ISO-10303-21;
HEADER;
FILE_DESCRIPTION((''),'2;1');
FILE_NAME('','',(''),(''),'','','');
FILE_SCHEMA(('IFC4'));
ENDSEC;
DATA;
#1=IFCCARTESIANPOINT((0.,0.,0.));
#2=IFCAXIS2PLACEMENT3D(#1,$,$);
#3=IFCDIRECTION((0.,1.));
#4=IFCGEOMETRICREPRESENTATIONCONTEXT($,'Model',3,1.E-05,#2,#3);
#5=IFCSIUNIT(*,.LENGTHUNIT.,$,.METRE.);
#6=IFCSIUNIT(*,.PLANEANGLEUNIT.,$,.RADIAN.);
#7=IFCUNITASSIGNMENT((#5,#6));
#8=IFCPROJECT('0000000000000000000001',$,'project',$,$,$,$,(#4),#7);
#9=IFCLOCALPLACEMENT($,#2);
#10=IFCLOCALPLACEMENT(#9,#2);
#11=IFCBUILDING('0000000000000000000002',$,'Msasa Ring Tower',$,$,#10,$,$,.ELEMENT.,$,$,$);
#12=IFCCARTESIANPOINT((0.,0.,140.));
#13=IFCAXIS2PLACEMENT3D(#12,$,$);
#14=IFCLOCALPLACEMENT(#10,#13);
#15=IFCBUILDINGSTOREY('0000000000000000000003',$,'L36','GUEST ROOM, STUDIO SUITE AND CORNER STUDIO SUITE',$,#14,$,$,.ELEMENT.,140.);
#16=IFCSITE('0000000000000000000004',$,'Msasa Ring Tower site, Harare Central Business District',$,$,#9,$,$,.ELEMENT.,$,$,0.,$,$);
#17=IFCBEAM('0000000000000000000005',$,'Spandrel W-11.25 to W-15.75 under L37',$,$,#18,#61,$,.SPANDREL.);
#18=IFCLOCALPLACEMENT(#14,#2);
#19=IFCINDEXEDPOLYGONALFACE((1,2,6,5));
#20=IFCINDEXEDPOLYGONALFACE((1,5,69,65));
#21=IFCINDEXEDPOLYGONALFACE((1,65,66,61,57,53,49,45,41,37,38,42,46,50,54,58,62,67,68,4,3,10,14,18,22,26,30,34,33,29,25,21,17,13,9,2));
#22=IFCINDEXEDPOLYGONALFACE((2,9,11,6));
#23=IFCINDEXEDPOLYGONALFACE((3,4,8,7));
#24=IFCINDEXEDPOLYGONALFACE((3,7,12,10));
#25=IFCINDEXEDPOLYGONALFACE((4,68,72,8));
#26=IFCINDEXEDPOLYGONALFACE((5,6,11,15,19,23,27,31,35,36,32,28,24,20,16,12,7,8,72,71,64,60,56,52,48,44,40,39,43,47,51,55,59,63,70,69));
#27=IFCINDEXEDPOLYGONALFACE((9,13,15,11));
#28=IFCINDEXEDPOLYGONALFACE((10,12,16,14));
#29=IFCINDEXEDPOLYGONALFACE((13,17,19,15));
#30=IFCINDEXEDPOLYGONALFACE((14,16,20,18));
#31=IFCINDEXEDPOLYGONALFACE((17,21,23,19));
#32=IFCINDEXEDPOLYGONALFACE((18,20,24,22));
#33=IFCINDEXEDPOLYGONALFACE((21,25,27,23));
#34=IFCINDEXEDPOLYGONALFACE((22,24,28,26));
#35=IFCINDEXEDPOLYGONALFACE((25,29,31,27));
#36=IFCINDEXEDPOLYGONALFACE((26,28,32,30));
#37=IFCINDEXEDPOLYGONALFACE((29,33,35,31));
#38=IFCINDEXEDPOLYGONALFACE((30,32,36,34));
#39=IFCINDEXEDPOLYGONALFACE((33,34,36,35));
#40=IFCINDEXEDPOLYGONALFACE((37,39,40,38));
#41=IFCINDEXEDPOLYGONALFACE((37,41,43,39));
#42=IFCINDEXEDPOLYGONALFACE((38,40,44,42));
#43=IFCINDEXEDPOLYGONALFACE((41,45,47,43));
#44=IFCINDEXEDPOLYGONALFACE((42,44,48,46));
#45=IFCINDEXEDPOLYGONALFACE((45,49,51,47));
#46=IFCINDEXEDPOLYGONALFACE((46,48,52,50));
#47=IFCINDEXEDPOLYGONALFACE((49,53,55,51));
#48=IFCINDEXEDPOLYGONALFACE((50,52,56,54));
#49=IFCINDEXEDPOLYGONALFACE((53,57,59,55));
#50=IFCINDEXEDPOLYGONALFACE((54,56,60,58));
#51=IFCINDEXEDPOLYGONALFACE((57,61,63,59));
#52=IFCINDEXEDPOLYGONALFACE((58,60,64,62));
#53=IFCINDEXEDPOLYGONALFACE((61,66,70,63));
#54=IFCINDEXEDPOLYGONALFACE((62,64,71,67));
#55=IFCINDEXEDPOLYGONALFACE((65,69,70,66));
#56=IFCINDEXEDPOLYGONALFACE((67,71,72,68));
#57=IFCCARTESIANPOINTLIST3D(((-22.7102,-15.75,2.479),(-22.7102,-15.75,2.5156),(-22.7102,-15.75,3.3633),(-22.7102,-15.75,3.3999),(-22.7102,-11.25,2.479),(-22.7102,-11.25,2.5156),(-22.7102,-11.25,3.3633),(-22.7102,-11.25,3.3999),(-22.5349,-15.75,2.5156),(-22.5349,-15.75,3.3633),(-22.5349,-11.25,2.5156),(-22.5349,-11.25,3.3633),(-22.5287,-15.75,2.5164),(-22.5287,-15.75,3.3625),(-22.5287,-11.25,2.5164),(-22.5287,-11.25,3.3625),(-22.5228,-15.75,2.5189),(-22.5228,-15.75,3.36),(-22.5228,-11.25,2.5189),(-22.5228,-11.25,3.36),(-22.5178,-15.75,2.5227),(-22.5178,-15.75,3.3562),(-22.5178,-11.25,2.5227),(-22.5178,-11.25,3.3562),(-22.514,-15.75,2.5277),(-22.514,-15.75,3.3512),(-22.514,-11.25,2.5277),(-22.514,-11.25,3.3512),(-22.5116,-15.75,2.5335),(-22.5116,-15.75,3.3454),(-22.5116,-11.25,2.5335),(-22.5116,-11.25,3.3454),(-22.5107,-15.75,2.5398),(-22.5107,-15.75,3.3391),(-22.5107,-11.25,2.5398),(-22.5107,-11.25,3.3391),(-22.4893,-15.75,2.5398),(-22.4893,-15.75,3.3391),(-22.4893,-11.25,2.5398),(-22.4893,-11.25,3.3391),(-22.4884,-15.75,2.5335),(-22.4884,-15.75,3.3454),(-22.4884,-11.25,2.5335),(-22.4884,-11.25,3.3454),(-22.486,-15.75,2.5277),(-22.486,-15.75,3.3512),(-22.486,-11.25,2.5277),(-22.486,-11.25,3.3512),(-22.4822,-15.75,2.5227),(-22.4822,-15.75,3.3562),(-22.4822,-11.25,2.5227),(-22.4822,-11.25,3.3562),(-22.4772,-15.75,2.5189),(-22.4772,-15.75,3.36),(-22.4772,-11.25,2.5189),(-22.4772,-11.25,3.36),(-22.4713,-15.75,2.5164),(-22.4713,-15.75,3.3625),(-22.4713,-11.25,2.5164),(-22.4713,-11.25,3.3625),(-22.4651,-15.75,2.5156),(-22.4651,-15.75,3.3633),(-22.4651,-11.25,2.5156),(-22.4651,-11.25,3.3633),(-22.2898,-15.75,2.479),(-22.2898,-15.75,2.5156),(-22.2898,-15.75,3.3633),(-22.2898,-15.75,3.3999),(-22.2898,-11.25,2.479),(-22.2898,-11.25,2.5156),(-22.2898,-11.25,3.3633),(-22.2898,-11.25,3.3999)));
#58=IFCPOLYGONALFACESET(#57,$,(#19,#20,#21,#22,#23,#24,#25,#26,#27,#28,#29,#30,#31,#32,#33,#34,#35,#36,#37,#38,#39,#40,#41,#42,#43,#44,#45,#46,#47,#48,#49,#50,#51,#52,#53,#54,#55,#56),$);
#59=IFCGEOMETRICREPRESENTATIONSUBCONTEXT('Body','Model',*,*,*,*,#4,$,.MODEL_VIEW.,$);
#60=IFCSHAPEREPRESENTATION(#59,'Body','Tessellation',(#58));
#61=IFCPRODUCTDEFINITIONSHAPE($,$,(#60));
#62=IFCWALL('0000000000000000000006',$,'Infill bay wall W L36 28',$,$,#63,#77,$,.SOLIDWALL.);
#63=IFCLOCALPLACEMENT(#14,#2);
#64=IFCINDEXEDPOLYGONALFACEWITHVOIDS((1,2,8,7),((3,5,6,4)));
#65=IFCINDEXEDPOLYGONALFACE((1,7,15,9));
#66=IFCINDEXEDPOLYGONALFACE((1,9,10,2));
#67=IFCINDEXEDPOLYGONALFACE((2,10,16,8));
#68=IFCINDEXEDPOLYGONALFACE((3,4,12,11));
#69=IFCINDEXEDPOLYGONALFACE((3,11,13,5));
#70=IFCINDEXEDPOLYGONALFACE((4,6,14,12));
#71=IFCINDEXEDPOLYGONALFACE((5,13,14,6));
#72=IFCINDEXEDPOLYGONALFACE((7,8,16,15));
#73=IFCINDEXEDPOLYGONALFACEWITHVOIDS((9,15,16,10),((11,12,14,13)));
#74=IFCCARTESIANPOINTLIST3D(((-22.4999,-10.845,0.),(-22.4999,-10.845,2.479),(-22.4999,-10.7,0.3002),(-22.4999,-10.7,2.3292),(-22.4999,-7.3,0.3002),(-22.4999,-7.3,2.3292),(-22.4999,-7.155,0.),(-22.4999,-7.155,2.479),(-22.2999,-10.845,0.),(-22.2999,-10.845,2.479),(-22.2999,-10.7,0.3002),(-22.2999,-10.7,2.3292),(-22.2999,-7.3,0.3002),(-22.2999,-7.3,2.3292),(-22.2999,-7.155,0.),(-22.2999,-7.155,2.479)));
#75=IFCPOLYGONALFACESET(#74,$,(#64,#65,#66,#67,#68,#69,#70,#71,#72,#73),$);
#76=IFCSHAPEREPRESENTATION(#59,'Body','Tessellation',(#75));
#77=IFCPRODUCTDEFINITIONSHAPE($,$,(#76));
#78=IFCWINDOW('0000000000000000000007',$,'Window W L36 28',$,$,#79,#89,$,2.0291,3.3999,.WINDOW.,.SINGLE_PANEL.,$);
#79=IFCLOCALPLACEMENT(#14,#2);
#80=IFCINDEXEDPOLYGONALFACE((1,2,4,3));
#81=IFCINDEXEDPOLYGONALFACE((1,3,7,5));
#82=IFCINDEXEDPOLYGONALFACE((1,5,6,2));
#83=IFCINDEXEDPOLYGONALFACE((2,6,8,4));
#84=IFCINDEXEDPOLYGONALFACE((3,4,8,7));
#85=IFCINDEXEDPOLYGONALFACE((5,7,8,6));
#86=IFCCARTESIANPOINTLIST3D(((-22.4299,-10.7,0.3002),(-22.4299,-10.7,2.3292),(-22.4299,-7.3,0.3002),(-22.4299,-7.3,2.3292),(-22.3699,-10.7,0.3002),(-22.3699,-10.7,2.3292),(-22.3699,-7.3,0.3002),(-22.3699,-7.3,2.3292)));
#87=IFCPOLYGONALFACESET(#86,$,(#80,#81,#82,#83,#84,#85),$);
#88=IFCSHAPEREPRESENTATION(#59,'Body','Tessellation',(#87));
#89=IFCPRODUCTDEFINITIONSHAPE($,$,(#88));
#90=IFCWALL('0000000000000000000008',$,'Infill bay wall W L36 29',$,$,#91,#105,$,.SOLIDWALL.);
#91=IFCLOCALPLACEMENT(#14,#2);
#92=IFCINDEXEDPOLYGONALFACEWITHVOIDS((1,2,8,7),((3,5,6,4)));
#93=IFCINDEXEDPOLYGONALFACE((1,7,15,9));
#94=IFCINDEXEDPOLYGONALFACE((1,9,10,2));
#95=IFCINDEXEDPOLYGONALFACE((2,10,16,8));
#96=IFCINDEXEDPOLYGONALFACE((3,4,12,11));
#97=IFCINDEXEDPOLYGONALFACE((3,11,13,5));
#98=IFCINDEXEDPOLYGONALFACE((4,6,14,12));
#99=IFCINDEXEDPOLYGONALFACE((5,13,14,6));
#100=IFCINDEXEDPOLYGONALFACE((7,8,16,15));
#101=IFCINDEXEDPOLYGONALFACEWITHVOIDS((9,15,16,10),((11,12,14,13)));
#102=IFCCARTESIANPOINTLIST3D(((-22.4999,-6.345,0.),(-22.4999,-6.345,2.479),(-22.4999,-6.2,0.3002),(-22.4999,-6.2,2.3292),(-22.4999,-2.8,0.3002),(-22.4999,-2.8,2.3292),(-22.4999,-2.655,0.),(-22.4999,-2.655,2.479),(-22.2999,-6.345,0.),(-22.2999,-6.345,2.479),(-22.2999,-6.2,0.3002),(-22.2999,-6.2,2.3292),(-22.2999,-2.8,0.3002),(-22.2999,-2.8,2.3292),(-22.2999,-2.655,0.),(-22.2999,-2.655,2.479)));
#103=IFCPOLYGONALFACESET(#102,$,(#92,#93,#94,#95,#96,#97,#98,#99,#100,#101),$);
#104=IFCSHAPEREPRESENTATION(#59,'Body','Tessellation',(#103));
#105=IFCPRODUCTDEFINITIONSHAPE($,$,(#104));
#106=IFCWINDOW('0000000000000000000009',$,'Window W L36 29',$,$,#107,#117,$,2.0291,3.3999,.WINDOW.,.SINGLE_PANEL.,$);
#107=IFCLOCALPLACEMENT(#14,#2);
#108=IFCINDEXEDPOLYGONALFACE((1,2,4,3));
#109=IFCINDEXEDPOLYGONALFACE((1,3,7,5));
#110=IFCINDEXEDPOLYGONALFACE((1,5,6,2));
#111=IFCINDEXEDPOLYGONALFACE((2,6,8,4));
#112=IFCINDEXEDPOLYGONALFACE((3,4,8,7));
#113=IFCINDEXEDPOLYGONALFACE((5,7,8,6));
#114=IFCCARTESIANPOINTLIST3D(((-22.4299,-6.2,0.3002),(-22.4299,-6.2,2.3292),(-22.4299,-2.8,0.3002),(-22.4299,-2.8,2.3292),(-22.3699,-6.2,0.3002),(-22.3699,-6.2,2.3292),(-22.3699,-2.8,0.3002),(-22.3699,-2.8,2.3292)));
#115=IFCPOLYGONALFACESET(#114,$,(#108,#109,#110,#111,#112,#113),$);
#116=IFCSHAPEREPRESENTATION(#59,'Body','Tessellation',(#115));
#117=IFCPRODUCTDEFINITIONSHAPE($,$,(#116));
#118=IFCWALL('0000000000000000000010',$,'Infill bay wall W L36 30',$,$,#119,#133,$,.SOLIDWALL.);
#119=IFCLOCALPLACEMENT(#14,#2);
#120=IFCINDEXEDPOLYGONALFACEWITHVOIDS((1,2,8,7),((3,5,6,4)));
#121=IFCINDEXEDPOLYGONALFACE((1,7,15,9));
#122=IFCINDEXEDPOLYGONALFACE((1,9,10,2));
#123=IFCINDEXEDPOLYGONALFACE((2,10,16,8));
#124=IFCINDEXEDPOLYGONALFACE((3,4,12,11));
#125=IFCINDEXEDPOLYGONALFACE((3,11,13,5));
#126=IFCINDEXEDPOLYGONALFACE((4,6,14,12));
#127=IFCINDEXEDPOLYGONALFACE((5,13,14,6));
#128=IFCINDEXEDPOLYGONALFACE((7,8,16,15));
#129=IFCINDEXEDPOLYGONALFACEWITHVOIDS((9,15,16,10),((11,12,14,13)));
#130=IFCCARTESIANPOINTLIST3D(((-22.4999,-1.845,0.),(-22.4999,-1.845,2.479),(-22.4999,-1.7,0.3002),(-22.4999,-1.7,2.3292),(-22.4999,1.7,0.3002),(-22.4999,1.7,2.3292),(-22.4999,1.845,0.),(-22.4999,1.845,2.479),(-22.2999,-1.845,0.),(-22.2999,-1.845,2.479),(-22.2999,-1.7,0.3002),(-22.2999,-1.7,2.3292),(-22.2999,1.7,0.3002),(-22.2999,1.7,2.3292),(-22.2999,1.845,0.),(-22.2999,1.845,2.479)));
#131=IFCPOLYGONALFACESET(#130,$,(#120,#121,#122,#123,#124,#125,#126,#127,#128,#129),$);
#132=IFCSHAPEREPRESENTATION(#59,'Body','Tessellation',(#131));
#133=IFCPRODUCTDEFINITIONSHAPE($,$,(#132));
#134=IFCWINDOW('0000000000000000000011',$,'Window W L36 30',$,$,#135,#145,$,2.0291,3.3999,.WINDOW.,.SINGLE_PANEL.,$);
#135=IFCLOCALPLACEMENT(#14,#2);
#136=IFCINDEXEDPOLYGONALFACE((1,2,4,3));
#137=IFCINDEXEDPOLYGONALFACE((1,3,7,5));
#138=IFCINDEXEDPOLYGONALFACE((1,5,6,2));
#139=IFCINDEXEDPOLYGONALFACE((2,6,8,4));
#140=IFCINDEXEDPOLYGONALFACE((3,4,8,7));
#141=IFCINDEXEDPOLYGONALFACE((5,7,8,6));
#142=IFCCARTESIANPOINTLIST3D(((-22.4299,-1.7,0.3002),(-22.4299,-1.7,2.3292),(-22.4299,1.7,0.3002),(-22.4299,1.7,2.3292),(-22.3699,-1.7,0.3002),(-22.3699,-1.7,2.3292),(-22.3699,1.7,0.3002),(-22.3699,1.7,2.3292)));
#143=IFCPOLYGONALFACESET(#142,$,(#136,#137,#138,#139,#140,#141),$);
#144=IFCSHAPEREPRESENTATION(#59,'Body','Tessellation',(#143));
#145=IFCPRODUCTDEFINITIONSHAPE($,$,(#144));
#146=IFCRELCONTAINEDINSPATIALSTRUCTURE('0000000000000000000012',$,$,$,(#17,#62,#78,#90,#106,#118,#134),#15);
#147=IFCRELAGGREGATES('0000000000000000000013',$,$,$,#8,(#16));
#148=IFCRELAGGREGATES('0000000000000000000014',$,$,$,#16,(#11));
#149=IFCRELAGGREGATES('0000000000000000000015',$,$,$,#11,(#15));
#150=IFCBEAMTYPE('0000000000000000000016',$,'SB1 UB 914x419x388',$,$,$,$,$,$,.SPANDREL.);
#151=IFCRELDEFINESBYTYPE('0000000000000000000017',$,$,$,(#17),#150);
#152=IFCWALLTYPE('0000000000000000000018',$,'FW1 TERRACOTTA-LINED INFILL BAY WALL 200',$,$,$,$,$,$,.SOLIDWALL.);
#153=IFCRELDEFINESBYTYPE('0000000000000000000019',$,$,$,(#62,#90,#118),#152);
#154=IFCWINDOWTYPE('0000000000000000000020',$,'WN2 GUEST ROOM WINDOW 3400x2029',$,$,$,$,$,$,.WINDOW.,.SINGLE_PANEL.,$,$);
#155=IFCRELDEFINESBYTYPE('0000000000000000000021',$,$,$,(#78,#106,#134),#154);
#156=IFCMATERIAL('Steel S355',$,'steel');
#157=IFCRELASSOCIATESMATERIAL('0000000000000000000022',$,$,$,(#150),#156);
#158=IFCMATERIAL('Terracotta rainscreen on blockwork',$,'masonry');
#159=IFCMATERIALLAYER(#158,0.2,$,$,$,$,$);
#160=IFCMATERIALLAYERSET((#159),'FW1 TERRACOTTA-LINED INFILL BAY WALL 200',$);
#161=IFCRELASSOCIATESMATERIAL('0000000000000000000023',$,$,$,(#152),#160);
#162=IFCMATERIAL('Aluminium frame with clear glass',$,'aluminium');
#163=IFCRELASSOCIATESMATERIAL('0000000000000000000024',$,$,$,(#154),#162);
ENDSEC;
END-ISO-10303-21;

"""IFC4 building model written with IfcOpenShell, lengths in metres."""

from ifc_helpers import new_model, si_unit, direction, frame, frame_2d, origin, origin_2d, place, context, subcontext, project, spatial, rectangle, i_section, extrude, material, layer, layer_set, material_profile, profile_set, type_object, element, fill, save


model = new_model("IFC4")

# Units and contexts
model_context = context("Model", 3, precision=1e-05, world=origin(), true_north=direction((0.0, 1.0)))
body_context = subcontext(model_context, "Body", "Model", "MODEL_VIEW")
ifc_project = project(units=[si_unit("LENGTHUNIT", "METRE"), si_unit("PLANEANGLEUNIT", "RADIAN")], contexts=[model_context])

# Site, building, storey
site_placement = place(None, origin())
site = spatial("IfcSite", under=ifc_project, at=site_placement, Name="Msasa Ring Tower site, Harare Central Business District", CompositionType="ELEMENT", RefElevation=0.0)
building_placement = place(site_placement, origin())
building = spatial("IfcBuilding", under=site, at=building_placement, Name="Msasa Ring Tower", CompositionType="ELEMENT")
storey_placement = place(building_placement, frame((0.0, 0.0, 140.0)))
storey = spatial("IfcBuildingStorey", under=building, at=storey_placement, Name="L36", Description="GUEST ROOM, STUDIO SUITE AND CORNER STUDIO SUITE", CompositionType="ELEMENT", Elevation=140.0)

# Beam
ifc_material_1 = material(Name="Steel S355", Category="steel")
ifc_material_profile_1 = material_profile(ifc_material_1, i_section(OverallWidth=0.4204, OverallDepth=0.9209, WebThickness=0.0215, FlangeThickness=0.0366, FilletRadius=0.0242, at=origin_2d()), Name="UB 914x419x388")
ifc_profile_set_1 = profile_set([ifc_material_profile_1], Name="Steel S355")
beam_type_1 = type_object("IfcBeamType", Name="SB1 UB 914x419x388", PredefinedType="SPANDREL", material=ifc_profile_set_1)
for number, where, z_axis, x_axis, name in (
    (1, (-22.5, -11.25, 2.9395), (0.0, -1.0, 0.0), (1.0, 0.0, 0.0), "Spandrel W-11.25 to W-15.75 under L37"),
):
    element("IfcBeam", number, at=place(storey_placement, frame(where, z_axis=z_axis, x_axis=x_axis)), inside=storey, type_object=beam_type_1, Name=name, PredefinedType="SPANDREL", context=body_context, shape_type="SweptSolid", body=[
        extrude(i_section(OverallWidth=0.4204, OverallDepth=0.9209, WebThickness=0.0215, FlangeThickness=0.0366, FilletRadius=0.0242, at=origin_2d()), origin(), (0.0, 0.0, 1.0), 4.5),
    ])

# Walls, openings, windows
ifc_material_2 = material(Name="Terracotta rainscreen on blockwork", Category="masonry")
ifc_layer_1 = layer(ifc_material_2, 0.2)
ifc_layer_set_1 = layer_set([ifc_layer_1], Name="FW1 TERRACOTTA-LINED INFILL BAY WALL 200")
wall_type_1 = type_object("IfcWallType", Name="FW1 TERRACOTTA-LINED INFILL BAY WALL 200", PredefinedType="SOLIDWALL", material=ifc_layer_set_1)
wall_1_placement = place(storey_placement, frame((-22.3999, -10.845, 0.0), z_axis=(0.0, 0.0, 1.0), x_axis=(0.0, 1.0, 0.0)))
wall_1 = element("IfcWall", 2, at=wall_1_placement, inside=storey, type_object=wall_type_1, Name="Infill bay wall W L36 28", PredefinedType="SOLIDWALL", context=body_context, shape_type="SweptSolid", body=[
    extrude(rectangle(XDim=3.6899, YDim=0.2, at=frame_2d((1.845, 0.0))), origin(), (0.0, 0.0, 1.0), 2.479),
])
opening_1_placement = place(wall_1_placement, frame((0.145, 0.0, 0.3)))
opening_1 = element("IfcOpeningElement", 3, at=opening_1_placement, cuts=wall_1, PredefinedType="OPENING", context=body_context, shape_type="SweptSolid", body=[
    extrude(rectangle(XDim=3.3999, YDim=2.0291, at=frame_2d((1.7, 1.0146))), frame((0.0, 0.1099, 0.0), z_axis=(0.0, -1.0, 0.0), x_axis=(1.0, 0.0, 0.0)), (0.0, 0.0, 1.0), 0.22),
])
ifc_material_3 = material(Name="Aluminium frame with clear glass", Category="aluminium")
window_type = type_object("IfcWindowType", Name="WN2 GUEST ROOM WINDOW 3400x2029", PartitioningType="SINGLE_PANEL", PredefinedType="WINDOW", material=ifc_material_3)
window_1_placement = place(opening_1_placement, origin())
window_1 = element("IfcWindow", 4, at=window_1_placement, inside=storey, type_object=window_type, Name="Window W L36 28", OverallHeight=2.0291, OverallWidth=3.3999, PartitioningType="SINGLE_PANEL", PredefinedType="WINDOW", context=body_context, shape_type="SweptSolid", body=[
    extrude(rectangle(XDim=3.3999, YDim=2.0291, at=frame_2d((1.7, 1.0146))), frame((0.0, 0.03, 0.0), z_axis=(0.0, -1.0, 0.0), x_axis=(1.0, 0.0, 0.0)), (0.0, 0.0, 1.0), 0.0601),
])
fill(opening_1, window_1)
wall_2_placement = place(storey_placement, frame((-22.3999, -6.345, 0.0), z_axis=(0.0, 0.0, 1.0), x_axis=(0.0, 1.0, 0.0)))
wall_2 = element("IfcWall", 5, at=wall_2_placement, inside=storey, type_object=wall_type_1, Name="Infill bay wall W L36 29", PredefinedType="SOLIDWALL", context=body_context, shape_type="SweptSolid", body=[
    extrude(rectangle(XDim=3.6899, YDim=0.2, at=frame_2d((1.845, 0.0))), origin(), (0.0, 0.0, 1.0), 2.479),
])
opening_2_placement = place(wall_2_placement, frame((0.145, 0.0, 0.3)))
opening_2 = element("IfcOpeningElement", 6, at=opening_2_placement, cuts=wall_2, PredefinedType="OPENING", context=body_context, shape_type="SweptSolid", body=[
    extrude(rectangle(XDim=3.3999, YDim=2.0291, at=frame_2d((1.7, 1.0146))), frame((0.0, 0.1099, 0.0), z_axis=(0.0, -1.0, 0.0), x_axis=(1.0, 0.0, 0.0)), (0.0, 0.0, 1.0), 0.22),
])
window_2_placement = place(opening_2_placement, origin())
window_2 = element("IfcWindow", 7, at=window_2_placement, inside=storey, type_object=window_type, Name="Window W L36 29", OverallHeight=2.0291, OverallWidth=3.3999, PartitioningType="SINGLE_PANEL", PredefinedType="WINDOW", context=body_context, shape_type="SweptSolid", body=[
    extrude(rectangle(XDim=3.3999, YDim=2.0291, at=frame_2d((1.7, 1.0146))), frame((0.0, 0.03, 0.0), z_axis=(0.0, -1.0, 0.0), x_axis=(1.0, 0.0, 0.0)), (0.0, 0.0, 1.0), 0.0601),
])
fill(opening_2, window_2)
wall_3_placement = place(storey_placement, frame((-22.3999, -1.845, 0.0), z_axis=(0.0, 0.0, 1.0), x_axis=(0.0, 1.0, 0.0)))
wall_3 = element("IfcWall", 8, at=wall_3_placement, inside=storey, type_object=wall_type_1, Name="Infill bay wall W L36 30", PredefinedType="SOLIDWALL", context=body_context, shape_type="SweptSolid", body=[
    extrude(rectangle(XDim=3.6899, YDim=0.2, at=frame_2d((1.845, 0.0))), origin(), (0.0, 0.0, 1.0), 2.479),
])
opening_3_placement = place(wall_3_placement, frame((0.145, 0.0, 0.3)))
opening_3 = element("IfcOpeningElement", 9, at=opening_3_placement, cuts=wall_3, PredefinedType="OPENING", context=body_context, shape_type="SweptSolid", body=[
    extrude(rectangle(XDim=3.3999, YDim=2.0291, at=frame_2d((1.7, 1.0146))), frame((0.0, 0.1099, 0.0), z_axis=(0.0, -1.0, 0.0), x_axis=(1.0, 0.0, 0.0)), (0.0, 0.0, 1.0), 0.22),
])
window_3_placement = place(opening_3_placement, origin())
window_3 = element("IfcWindow", 10, at=window_3_placement, inside=storey, type_object=window_type, Name="Window W L36 30", OverallHeight=2.0291, OverallWidth=3.3999, PartitioningType="SINGLE_PANEL", PredefinedType="WINDOW", context=body_context, shape_type="SweptSolid", body=[
    extrude(rectangle(XDim=3.3999, YDim=2.0291, at=frame_2d((1.7, 1.0146))), frame((0.0, 0.03, 0.0), z_axis=(0.0, -1.0, 0.0), x_axis=(1.0, 0.0, 0.0)), (0.0, 0.0, 1.0), 0.0601),
])
fill(opening_3, window_3)

save(model, "model.ifc")
